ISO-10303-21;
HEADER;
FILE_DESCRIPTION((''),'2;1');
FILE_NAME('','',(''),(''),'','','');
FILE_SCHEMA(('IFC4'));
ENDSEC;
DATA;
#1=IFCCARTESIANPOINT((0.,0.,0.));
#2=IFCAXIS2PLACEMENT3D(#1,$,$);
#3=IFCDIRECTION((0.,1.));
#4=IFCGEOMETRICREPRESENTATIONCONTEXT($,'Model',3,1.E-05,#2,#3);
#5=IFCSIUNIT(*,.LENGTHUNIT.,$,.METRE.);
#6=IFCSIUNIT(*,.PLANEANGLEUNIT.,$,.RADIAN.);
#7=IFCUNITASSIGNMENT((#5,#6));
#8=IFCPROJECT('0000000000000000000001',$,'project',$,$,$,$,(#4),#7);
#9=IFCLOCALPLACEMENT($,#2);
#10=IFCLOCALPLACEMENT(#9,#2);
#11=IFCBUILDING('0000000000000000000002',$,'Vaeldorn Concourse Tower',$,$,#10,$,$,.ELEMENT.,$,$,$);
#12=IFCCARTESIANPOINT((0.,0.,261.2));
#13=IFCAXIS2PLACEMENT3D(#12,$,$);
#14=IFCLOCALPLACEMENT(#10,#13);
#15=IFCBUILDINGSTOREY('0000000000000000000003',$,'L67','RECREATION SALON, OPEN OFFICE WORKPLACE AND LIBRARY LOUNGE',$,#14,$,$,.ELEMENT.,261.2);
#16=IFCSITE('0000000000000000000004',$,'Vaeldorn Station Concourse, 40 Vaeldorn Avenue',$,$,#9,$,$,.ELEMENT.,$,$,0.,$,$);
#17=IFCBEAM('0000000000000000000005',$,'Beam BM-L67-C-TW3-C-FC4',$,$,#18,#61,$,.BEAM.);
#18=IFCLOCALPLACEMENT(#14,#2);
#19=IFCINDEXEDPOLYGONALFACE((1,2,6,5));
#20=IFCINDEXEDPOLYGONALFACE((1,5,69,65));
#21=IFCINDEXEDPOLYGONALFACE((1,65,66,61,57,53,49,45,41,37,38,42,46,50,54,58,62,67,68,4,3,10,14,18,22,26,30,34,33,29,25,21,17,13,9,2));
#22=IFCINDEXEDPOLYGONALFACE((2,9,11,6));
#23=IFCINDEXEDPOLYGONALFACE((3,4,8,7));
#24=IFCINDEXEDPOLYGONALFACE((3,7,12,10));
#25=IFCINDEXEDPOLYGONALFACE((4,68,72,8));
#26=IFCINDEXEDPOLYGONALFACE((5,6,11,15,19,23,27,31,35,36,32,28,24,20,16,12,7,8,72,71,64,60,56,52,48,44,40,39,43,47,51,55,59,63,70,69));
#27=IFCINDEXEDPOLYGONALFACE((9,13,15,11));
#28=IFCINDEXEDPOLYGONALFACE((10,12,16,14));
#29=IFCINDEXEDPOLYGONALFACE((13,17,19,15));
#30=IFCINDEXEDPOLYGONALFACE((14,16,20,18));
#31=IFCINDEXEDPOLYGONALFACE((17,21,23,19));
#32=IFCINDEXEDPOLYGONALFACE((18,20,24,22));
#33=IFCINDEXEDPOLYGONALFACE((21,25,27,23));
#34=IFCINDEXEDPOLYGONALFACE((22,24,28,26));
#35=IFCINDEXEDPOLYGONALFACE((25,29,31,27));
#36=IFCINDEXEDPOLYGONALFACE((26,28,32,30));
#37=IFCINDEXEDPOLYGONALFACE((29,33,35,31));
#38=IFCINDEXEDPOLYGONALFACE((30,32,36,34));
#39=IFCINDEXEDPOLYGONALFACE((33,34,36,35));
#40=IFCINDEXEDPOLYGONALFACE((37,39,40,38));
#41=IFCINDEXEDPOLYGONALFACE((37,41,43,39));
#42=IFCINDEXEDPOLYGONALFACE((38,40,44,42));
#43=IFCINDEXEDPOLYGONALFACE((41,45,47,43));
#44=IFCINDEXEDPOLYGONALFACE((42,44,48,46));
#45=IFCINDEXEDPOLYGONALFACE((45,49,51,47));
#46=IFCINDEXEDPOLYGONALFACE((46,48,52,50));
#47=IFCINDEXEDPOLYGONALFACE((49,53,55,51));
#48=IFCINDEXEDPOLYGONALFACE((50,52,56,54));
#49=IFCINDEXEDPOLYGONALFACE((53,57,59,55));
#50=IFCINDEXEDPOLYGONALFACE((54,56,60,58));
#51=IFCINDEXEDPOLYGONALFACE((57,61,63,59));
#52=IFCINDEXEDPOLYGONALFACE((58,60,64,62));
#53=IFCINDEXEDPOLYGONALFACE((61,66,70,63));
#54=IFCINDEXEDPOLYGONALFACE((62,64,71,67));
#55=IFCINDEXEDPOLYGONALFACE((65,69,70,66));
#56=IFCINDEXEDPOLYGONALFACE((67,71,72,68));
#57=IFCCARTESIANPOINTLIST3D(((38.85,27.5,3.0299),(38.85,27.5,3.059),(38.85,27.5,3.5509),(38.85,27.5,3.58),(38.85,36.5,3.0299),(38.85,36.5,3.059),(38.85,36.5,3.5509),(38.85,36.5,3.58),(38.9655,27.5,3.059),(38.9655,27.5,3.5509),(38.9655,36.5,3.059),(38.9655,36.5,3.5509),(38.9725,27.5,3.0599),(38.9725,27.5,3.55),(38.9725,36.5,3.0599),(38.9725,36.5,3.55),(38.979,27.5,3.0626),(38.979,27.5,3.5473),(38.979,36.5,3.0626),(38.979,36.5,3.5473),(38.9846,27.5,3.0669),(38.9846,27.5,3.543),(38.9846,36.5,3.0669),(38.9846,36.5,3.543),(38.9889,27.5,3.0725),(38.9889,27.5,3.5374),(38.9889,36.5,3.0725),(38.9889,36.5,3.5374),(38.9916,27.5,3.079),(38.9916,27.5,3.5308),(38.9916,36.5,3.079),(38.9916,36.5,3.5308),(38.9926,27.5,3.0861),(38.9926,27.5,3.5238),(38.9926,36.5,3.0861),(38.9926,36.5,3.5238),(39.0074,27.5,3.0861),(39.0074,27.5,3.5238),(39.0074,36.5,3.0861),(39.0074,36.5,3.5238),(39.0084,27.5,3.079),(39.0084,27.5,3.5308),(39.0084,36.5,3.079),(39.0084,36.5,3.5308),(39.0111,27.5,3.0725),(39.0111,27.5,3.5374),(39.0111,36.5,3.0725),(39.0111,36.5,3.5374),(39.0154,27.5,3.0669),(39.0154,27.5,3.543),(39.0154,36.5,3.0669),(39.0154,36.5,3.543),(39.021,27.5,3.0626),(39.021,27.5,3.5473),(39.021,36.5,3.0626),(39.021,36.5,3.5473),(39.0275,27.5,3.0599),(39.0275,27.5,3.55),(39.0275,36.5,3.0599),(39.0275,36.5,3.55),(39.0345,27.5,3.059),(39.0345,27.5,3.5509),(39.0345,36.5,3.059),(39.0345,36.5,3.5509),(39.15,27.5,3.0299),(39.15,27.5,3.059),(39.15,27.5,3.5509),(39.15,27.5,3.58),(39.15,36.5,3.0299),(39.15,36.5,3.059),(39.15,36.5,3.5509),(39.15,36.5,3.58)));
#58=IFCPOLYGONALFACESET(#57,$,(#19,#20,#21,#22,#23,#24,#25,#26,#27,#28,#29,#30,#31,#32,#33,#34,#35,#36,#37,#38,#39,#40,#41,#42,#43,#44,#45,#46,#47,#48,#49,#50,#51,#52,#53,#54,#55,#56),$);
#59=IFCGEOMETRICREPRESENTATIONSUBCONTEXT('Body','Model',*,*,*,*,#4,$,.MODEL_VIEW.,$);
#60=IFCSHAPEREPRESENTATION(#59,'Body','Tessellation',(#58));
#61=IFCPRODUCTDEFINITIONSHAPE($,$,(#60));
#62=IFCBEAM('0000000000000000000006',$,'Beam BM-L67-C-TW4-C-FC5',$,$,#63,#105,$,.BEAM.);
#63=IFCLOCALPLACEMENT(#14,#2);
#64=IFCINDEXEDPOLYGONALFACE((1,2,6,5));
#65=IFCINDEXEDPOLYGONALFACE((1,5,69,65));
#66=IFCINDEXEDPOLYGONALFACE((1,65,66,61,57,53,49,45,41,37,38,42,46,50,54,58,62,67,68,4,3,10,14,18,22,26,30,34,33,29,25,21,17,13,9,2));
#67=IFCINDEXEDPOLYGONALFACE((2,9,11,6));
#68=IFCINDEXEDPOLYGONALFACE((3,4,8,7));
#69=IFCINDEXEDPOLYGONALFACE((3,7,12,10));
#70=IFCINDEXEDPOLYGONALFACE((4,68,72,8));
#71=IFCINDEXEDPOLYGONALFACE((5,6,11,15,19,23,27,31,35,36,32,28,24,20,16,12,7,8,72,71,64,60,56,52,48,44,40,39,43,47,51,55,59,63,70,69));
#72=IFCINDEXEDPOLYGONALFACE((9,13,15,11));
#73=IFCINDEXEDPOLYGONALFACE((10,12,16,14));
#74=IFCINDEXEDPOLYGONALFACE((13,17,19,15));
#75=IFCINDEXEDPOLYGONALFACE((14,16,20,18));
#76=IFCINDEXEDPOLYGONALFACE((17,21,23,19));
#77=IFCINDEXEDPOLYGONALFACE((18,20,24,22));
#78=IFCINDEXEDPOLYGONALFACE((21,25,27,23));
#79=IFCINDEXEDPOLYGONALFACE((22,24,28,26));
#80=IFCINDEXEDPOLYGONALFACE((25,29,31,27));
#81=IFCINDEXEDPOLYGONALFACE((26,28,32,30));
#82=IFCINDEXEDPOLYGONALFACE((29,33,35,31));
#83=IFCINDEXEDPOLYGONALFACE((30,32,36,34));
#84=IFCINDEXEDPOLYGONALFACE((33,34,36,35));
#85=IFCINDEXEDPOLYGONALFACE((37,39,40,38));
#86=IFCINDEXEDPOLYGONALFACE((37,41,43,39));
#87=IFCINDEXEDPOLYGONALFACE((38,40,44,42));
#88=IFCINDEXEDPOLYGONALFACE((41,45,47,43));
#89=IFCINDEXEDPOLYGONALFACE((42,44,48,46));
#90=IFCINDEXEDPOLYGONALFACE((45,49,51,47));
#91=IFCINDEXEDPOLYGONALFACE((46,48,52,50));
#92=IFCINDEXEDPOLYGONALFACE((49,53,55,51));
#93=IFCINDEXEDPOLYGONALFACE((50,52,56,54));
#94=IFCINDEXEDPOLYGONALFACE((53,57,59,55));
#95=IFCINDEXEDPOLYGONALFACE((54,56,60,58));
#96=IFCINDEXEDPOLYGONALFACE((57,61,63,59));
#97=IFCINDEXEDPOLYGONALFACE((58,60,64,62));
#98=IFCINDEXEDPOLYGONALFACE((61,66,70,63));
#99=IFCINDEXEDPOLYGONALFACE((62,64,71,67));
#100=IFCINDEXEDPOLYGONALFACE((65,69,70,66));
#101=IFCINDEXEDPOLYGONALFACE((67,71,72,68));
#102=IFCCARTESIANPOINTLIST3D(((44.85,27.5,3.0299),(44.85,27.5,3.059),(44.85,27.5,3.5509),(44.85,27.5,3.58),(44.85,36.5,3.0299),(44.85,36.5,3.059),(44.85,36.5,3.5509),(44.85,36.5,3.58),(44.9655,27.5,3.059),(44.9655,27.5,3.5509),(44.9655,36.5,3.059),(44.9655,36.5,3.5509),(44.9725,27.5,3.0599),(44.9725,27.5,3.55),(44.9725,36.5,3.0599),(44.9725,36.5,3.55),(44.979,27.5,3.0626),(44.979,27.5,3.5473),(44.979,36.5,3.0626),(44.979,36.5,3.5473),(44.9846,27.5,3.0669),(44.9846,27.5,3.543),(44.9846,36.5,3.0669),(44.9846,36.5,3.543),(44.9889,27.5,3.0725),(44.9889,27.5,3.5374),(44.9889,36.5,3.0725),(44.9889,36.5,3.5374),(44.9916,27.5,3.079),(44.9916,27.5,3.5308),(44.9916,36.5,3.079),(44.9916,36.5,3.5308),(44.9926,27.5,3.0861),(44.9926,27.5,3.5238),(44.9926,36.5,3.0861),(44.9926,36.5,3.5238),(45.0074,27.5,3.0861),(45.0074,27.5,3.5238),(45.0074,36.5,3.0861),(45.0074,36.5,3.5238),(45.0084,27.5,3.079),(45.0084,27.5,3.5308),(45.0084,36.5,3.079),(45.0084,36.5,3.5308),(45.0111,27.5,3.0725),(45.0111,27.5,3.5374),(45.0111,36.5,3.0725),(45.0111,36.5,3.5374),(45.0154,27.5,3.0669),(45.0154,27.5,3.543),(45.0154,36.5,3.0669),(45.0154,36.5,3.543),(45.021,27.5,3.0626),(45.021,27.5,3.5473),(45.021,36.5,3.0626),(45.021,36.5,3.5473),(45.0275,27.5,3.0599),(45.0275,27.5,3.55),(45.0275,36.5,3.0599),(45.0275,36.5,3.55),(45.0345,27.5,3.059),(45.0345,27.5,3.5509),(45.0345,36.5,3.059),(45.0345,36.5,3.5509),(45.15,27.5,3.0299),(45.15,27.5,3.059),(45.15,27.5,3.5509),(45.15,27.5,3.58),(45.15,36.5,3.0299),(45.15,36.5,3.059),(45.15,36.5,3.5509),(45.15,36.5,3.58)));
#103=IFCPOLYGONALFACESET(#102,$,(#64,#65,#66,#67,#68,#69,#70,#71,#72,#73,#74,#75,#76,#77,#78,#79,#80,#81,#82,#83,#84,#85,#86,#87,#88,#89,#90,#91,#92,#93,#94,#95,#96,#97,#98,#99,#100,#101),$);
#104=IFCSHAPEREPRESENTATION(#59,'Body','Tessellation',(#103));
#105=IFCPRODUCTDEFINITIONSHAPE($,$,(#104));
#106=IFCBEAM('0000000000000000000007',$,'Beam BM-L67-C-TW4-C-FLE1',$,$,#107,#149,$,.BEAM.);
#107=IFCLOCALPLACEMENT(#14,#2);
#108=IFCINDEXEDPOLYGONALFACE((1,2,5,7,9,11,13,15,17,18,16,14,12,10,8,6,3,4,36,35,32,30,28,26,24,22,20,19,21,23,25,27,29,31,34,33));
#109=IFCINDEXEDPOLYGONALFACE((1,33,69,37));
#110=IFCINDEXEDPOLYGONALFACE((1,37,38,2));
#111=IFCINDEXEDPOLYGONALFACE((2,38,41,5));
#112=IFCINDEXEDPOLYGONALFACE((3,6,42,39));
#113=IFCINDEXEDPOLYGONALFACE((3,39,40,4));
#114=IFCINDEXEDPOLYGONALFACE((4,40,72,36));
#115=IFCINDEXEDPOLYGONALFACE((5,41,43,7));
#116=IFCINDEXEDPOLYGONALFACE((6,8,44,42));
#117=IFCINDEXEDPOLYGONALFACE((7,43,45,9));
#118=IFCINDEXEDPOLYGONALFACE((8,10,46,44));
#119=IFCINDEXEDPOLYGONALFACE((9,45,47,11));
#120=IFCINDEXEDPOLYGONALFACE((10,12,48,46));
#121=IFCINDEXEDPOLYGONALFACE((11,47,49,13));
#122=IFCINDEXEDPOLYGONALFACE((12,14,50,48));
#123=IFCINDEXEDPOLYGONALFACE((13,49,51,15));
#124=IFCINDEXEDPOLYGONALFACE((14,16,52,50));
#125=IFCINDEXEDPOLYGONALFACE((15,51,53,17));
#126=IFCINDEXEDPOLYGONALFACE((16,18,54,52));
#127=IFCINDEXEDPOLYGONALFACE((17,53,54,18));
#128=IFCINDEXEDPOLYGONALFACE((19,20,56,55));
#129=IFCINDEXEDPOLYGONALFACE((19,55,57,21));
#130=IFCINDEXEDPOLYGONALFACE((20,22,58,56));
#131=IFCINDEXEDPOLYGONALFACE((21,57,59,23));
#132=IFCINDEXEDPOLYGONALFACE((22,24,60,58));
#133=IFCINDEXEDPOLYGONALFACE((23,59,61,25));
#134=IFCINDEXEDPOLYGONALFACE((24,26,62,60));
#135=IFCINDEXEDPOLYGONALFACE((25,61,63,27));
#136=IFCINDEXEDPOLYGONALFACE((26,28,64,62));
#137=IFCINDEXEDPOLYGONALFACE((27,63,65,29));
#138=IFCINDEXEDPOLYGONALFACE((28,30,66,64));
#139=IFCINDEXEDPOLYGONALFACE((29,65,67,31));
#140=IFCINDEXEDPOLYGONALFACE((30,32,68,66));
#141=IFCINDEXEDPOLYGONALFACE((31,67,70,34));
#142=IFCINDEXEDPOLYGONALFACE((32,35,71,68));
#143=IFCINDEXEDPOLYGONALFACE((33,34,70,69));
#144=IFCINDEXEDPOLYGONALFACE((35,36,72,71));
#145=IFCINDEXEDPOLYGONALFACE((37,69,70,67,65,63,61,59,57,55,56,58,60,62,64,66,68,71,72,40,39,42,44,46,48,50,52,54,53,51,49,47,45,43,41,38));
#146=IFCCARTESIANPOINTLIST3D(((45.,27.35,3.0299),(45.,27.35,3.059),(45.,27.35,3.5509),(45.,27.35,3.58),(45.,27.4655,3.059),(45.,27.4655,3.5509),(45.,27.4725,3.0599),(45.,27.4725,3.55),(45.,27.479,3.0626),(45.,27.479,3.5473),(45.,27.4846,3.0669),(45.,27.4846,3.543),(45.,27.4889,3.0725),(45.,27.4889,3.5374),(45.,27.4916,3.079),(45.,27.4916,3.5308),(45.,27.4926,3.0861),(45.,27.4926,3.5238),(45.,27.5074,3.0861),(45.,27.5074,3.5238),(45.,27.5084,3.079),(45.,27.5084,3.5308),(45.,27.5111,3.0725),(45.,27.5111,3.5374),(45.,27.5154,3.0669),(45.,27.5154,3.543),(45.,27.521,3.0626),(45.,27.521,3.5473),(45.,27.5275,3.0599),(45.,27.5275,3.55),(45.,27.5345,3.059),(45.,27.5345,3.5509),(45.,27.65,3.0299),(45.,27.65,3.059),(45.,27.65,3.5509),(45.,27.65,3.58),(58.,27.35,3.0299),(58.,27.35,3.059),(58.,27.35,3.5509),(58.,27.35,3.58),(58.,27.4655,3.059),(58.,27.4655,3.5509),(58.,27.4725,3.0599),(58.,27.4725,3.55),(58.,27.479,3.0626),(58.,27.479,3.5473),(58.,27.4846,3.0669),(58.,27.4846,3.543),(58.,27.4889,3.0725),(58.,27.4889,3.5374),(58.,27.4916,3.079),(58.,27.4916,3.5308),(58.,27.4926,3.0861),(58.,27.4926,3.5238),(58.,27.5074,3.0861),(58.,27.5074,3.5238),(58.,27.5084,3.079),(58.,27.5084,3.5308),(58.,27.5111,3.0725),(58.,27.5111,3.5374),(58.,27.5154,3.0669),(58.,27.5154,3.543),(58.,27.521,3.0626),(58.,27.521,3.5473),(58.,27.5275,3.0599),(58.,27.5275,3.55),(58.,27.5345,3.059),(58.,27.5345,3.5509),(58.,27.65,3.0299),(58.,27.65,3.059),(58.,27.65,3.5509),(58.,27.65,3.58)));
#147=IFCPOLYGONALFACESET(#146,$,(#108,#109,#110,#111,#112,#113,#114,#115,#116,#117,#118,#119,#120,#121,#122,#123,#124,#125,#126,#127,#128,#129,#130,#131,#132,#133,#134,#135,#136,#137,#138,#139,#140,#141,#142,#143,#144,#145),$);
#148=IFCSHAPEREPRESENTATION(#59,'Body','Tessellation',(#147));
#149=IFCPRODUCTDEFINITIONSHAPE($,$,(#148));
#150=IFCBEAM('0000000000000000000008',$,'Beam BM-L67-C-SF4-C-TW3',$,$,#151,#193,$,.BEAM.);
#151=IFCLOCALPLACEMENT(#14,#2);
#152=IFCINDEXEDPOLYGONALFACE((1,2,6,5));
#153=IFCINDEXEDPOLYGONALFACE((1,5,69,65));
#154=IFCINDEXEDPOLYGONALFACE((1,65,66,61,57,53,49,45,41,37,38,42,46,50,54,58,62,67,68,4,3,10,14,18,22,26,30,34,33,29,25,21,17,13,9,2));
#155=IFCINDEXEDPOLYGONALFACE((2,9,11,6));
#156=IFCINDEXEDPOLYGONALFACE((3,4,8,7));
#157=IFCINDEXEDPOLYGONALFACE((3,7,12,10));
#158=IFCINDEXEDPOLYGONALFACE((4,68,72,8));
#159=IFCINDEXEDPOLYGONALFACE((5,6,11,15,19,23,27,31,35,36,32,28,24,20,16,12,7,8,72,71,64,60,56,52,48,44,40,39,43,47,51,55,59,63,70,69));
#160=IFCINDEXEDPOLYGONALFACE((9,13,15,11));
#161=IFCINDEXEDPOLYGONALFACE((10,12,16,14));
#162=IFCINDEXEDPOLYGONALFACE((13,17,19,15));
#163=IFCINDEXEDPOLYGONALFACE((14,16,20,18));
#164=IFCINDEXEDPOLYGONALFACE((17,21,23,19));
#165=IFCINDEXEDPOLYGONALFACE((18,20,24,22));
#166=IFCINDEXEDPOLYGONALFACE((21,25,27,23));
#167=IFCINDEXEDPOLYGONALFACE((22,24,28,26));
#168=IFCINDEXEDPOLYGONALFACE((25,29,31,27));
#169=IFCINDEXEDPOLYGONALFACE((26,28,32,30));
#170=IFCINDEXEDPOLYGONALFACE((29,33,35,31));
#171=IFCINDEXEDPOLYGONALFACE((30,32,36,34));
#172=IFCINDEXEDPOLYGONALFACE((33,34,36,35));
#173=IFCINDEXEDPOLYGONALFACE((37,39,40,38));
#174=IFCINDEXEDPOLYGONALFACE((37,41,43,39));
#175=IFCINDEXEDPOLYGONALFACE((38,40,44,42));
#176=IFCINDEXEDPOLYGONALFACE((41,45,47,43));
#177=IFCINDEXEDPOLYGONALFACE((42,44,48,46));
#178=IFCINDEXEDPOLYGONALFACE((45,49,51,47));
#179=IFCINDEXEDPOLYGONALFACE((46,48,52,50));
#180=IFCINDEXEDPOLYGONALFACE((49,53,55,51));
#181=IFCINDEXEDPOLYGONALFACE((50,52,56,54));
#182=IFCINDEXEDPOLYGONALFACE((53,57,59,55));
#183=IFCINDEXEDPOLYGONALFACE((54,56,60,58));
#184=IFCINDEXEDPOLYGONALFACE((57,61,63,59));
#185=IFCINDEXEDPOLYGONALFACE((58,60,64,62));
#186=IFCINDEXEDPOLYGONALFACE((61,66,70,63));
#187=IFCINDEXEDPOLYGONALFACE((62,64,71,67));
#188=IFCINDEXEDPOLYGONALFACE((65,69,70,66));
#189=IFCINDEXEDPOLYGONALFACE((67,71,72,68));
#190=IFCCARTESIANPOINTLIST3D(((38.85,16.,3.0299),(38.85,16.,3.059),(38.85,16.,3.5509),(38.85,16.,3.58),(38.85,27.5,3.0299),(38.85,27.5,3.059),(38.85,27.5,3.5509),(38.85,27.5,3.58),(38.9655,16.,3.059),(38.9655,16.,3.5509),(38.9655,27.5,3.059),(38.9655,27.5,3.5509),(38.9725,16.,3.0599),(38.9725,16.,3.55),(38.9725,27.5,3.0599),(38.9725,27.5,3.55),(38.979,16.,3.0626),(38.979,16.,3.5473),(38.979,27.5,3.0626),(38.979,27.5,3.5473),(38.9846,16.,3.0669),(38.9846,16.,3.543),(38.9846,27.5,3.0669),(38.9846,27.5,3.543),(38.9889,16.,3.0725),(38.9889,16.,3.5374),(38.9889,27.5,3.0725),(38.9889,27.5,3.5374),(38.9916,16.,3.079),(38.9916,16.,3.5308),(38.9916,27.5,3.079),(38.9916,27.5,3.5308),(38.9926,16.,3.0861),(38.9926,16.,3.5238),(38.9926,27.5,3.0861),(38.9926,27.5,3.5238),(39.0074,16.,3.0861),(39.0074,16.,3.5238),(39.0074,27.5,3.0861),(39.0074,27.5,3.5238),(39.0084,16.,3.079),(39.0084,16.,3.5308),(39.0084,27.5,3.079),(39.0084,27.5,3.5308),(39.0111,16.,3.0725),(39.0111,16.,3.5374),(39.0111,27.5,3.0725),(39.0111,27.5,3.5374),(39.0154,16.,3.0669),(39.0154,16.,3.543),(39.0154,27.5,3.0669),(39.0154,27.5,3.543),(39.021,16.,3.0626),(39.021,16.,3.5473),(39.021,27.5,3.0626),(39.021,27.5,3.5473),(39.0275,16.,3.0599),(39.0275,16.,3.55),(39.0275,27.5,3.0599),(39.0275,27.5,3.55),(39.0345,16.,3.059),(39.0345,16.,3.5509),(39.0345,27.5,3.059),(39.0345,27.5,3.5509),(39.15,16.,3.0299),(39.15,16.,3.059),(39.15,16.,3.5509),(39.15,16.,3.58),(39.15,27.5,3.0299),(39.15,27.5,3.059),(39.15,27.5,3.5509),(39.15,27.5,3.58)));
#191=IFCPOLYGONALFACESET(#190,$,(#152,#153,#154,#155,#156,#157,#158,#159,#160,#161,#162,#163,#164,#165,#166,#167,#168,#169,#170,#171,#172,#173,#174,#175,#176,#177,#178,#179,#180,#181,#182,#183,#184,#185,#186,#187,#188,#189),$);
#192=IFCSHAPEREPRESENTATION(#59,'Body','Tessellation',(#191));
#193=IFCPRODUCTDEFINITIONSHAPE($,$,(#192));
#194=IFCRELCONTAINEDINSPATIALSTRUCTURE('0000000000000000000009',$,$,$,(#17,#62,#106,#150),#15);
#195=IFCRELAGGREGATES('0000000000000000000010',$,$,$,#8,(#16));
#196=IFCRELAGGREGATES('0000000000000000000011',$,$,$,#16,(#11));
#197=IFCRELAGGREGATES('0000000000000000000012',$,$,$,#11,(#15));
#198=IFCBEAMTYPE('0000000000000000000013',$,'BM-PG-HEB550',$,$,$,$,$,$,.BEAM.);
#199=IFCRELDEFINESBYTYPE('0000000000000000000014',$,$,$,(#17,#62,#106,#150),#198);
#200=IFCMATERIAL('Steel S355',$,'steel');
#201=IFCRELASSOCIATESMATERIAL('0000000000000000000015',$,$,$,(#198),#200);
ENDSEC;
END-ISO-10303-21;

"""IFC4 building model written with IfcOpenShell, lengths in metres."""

from ifc_helpers import new_model, si_unit, direction, frame, origin, origin_2d, place, context, subcontext, project, spatial, i_section, extrude, source, transform, mapped, material, material_profile, profile_set, type_object, element, save


model = new_model("IFC4")

# Units and contexts
model_context = context("Model", 3, precision=1e-05, world=origin(), true_north=direction((0.0, 1.0)))
body_context = subcontext(model_context, "Body", "Model", "MODEL_VIEW")
ifc_project = project(units=[si_unit("LENGTHUNIT", "METRE"), si_unit("PLANEANGLEUNIT", "RADIAN")], contexts=[model_context])

# Site, building, storey
site_placement = place(None, origin())
site = spatial("IfcSite", under=ifc_project, at=site_placement, Name="Vaeldorn Station Concourse, 40 Vaeldorn Avenue", CompositionType="ELEMENT", RefElevation=0.0)
building_placement = place(site_placement, origin())
building = spatial("IfcBuilding", under=site, at=building_placement, Name="Vaeldorn Concourse Tower", CompositionType="ELEMENT")
storey_placement = place(building_placement, frame((0.0, 0.0, 261.2)))
storey = spatial("IfcBuildingStorey", under=building, at=storey_placement, Name="L67", Description="RECREATION SALON, OPEN OFFICE WORKPLACE AND LIBRARY LOUNGE", CompositionType="ELEMENT", Elevation=261.2)

# Shared definitions
ifc_material_1 = material(Name="Steel S355", Category="steel")

# Beams
ifc_material_profile_1 = material_profile(ifc_material_1, i_section(OverallWidth=0.3, OverallDepth=0.55, WebThickness=0.0149, FlangeThickness=0.0291, FilletRadius=0.0271, at=origin_2d()), Name="HEB 550")
ifc_profile_set_1 = profile_set([ifc_material_profile_1], Name="Steel S355")
beam_type_1 = type_object("IfcBeamType", Name="BM-PG-HEB550", PredefinedType="BEAM", material=ifc_profile_set_1)
shared_shape_1 = source(origin(), body_context, "Body", "SweptSolid", [
    extrude(i_section(OverallWidth=0.3, OverallDepth=0.55, WebThickness=0.0149, FlangeThickness=0.0291, FilletRadius=0.0271, at=origin_2d()), origin(), (0.0, 0.0, 1.0), 9.0),
])
for number, where, z_axis, x_axis, name in (
    (1, (39.0, 27.5, 3.3049), (0.0, 1.0, 0.0), (-1.0, 0.0, 0.0), "Beam BM-L67-C-TW3-C-FC4"),
    (2, (45.0, 27.5, 3.3049), (0.0, 1.0, 0.0), (-1.0, 0.0, 0.0), "Beam BM-L67-C-TW4-C-FC5"),
):
    element("IfcBeam", number, at=place(storey_placement, frame(where, z_axis=z_axis, x_axis=x_axis)), inside=storey, type_object=beam_type_1, Name=name, PredefinedType="BEAM", context=body_context, shape_type="MappedRepresentation", body=[
        mapped(shared_shape_1, transform((0.0, 0.0, 0.0), scale=1.0)),
    ])
shared_shape_2 = source(origin(), body_context, "Body", "SweptSolid", [
    extrude(i_section(OverallWidth=0.3, OverallDepth=0.55, WebThickness=0.0149, FlangeThickness=0.0291, FilletRadius=0.0271, at=origin_2d()), origin(), (0.0, 0.0, 1.0), 13.0),
])
beam_1_placement = place(storey_placement, frame((45.0, 27.5, 3.3049), z_axis=(1.0, 0.0, 0.0), x_axis=(0.0, 1.0, 0.0)))
element("IfcBeam", 3, at=beam_1_placement, inside=storey, type_object=beam_type_1, Name="Beam BM-L67-C-TW4-C-FLE1", PredefinedType="BEAM", context=body_context, shape_type="MappedRepresentation", body=[
    mapped(shared_shape_2, transform((0.0, 0.0, 0.0), scale=1.0)),
])
shared_shape_3 = source(origin(), body_context, "Body", "SweptSolid", [
    extrude(i_section(OverallWidth=0.3, OverallDepth=0.55, WebThickness=0.0149, FlangeThickness=0.0291, FilletRadius=0.0271, at=origin_2d()), origin(), (0.0, 0.0, 1.0), 11.5),
])
beam_2_placement = place(storey_placement, frame((39.0, 16.0, 3.3049), z_axis=(0.0, 1.0, 0.0), x_axis=(-1.0, 0.0, 0.0)))
element("IfcBeam", 4, at=beam_2_placement, inside=storey, type_object=beam_type_1, Name="Beam BM-L67-C-SF4-C-TW3", PredefinedType="BEAM", context=body_context, shape_type="MappedRepresentation", body=[
    mapped(shared_shape_3, transform((0.0, 0.0, 0.0), scale=1.0)),
])

save(model, "model.ifc")
